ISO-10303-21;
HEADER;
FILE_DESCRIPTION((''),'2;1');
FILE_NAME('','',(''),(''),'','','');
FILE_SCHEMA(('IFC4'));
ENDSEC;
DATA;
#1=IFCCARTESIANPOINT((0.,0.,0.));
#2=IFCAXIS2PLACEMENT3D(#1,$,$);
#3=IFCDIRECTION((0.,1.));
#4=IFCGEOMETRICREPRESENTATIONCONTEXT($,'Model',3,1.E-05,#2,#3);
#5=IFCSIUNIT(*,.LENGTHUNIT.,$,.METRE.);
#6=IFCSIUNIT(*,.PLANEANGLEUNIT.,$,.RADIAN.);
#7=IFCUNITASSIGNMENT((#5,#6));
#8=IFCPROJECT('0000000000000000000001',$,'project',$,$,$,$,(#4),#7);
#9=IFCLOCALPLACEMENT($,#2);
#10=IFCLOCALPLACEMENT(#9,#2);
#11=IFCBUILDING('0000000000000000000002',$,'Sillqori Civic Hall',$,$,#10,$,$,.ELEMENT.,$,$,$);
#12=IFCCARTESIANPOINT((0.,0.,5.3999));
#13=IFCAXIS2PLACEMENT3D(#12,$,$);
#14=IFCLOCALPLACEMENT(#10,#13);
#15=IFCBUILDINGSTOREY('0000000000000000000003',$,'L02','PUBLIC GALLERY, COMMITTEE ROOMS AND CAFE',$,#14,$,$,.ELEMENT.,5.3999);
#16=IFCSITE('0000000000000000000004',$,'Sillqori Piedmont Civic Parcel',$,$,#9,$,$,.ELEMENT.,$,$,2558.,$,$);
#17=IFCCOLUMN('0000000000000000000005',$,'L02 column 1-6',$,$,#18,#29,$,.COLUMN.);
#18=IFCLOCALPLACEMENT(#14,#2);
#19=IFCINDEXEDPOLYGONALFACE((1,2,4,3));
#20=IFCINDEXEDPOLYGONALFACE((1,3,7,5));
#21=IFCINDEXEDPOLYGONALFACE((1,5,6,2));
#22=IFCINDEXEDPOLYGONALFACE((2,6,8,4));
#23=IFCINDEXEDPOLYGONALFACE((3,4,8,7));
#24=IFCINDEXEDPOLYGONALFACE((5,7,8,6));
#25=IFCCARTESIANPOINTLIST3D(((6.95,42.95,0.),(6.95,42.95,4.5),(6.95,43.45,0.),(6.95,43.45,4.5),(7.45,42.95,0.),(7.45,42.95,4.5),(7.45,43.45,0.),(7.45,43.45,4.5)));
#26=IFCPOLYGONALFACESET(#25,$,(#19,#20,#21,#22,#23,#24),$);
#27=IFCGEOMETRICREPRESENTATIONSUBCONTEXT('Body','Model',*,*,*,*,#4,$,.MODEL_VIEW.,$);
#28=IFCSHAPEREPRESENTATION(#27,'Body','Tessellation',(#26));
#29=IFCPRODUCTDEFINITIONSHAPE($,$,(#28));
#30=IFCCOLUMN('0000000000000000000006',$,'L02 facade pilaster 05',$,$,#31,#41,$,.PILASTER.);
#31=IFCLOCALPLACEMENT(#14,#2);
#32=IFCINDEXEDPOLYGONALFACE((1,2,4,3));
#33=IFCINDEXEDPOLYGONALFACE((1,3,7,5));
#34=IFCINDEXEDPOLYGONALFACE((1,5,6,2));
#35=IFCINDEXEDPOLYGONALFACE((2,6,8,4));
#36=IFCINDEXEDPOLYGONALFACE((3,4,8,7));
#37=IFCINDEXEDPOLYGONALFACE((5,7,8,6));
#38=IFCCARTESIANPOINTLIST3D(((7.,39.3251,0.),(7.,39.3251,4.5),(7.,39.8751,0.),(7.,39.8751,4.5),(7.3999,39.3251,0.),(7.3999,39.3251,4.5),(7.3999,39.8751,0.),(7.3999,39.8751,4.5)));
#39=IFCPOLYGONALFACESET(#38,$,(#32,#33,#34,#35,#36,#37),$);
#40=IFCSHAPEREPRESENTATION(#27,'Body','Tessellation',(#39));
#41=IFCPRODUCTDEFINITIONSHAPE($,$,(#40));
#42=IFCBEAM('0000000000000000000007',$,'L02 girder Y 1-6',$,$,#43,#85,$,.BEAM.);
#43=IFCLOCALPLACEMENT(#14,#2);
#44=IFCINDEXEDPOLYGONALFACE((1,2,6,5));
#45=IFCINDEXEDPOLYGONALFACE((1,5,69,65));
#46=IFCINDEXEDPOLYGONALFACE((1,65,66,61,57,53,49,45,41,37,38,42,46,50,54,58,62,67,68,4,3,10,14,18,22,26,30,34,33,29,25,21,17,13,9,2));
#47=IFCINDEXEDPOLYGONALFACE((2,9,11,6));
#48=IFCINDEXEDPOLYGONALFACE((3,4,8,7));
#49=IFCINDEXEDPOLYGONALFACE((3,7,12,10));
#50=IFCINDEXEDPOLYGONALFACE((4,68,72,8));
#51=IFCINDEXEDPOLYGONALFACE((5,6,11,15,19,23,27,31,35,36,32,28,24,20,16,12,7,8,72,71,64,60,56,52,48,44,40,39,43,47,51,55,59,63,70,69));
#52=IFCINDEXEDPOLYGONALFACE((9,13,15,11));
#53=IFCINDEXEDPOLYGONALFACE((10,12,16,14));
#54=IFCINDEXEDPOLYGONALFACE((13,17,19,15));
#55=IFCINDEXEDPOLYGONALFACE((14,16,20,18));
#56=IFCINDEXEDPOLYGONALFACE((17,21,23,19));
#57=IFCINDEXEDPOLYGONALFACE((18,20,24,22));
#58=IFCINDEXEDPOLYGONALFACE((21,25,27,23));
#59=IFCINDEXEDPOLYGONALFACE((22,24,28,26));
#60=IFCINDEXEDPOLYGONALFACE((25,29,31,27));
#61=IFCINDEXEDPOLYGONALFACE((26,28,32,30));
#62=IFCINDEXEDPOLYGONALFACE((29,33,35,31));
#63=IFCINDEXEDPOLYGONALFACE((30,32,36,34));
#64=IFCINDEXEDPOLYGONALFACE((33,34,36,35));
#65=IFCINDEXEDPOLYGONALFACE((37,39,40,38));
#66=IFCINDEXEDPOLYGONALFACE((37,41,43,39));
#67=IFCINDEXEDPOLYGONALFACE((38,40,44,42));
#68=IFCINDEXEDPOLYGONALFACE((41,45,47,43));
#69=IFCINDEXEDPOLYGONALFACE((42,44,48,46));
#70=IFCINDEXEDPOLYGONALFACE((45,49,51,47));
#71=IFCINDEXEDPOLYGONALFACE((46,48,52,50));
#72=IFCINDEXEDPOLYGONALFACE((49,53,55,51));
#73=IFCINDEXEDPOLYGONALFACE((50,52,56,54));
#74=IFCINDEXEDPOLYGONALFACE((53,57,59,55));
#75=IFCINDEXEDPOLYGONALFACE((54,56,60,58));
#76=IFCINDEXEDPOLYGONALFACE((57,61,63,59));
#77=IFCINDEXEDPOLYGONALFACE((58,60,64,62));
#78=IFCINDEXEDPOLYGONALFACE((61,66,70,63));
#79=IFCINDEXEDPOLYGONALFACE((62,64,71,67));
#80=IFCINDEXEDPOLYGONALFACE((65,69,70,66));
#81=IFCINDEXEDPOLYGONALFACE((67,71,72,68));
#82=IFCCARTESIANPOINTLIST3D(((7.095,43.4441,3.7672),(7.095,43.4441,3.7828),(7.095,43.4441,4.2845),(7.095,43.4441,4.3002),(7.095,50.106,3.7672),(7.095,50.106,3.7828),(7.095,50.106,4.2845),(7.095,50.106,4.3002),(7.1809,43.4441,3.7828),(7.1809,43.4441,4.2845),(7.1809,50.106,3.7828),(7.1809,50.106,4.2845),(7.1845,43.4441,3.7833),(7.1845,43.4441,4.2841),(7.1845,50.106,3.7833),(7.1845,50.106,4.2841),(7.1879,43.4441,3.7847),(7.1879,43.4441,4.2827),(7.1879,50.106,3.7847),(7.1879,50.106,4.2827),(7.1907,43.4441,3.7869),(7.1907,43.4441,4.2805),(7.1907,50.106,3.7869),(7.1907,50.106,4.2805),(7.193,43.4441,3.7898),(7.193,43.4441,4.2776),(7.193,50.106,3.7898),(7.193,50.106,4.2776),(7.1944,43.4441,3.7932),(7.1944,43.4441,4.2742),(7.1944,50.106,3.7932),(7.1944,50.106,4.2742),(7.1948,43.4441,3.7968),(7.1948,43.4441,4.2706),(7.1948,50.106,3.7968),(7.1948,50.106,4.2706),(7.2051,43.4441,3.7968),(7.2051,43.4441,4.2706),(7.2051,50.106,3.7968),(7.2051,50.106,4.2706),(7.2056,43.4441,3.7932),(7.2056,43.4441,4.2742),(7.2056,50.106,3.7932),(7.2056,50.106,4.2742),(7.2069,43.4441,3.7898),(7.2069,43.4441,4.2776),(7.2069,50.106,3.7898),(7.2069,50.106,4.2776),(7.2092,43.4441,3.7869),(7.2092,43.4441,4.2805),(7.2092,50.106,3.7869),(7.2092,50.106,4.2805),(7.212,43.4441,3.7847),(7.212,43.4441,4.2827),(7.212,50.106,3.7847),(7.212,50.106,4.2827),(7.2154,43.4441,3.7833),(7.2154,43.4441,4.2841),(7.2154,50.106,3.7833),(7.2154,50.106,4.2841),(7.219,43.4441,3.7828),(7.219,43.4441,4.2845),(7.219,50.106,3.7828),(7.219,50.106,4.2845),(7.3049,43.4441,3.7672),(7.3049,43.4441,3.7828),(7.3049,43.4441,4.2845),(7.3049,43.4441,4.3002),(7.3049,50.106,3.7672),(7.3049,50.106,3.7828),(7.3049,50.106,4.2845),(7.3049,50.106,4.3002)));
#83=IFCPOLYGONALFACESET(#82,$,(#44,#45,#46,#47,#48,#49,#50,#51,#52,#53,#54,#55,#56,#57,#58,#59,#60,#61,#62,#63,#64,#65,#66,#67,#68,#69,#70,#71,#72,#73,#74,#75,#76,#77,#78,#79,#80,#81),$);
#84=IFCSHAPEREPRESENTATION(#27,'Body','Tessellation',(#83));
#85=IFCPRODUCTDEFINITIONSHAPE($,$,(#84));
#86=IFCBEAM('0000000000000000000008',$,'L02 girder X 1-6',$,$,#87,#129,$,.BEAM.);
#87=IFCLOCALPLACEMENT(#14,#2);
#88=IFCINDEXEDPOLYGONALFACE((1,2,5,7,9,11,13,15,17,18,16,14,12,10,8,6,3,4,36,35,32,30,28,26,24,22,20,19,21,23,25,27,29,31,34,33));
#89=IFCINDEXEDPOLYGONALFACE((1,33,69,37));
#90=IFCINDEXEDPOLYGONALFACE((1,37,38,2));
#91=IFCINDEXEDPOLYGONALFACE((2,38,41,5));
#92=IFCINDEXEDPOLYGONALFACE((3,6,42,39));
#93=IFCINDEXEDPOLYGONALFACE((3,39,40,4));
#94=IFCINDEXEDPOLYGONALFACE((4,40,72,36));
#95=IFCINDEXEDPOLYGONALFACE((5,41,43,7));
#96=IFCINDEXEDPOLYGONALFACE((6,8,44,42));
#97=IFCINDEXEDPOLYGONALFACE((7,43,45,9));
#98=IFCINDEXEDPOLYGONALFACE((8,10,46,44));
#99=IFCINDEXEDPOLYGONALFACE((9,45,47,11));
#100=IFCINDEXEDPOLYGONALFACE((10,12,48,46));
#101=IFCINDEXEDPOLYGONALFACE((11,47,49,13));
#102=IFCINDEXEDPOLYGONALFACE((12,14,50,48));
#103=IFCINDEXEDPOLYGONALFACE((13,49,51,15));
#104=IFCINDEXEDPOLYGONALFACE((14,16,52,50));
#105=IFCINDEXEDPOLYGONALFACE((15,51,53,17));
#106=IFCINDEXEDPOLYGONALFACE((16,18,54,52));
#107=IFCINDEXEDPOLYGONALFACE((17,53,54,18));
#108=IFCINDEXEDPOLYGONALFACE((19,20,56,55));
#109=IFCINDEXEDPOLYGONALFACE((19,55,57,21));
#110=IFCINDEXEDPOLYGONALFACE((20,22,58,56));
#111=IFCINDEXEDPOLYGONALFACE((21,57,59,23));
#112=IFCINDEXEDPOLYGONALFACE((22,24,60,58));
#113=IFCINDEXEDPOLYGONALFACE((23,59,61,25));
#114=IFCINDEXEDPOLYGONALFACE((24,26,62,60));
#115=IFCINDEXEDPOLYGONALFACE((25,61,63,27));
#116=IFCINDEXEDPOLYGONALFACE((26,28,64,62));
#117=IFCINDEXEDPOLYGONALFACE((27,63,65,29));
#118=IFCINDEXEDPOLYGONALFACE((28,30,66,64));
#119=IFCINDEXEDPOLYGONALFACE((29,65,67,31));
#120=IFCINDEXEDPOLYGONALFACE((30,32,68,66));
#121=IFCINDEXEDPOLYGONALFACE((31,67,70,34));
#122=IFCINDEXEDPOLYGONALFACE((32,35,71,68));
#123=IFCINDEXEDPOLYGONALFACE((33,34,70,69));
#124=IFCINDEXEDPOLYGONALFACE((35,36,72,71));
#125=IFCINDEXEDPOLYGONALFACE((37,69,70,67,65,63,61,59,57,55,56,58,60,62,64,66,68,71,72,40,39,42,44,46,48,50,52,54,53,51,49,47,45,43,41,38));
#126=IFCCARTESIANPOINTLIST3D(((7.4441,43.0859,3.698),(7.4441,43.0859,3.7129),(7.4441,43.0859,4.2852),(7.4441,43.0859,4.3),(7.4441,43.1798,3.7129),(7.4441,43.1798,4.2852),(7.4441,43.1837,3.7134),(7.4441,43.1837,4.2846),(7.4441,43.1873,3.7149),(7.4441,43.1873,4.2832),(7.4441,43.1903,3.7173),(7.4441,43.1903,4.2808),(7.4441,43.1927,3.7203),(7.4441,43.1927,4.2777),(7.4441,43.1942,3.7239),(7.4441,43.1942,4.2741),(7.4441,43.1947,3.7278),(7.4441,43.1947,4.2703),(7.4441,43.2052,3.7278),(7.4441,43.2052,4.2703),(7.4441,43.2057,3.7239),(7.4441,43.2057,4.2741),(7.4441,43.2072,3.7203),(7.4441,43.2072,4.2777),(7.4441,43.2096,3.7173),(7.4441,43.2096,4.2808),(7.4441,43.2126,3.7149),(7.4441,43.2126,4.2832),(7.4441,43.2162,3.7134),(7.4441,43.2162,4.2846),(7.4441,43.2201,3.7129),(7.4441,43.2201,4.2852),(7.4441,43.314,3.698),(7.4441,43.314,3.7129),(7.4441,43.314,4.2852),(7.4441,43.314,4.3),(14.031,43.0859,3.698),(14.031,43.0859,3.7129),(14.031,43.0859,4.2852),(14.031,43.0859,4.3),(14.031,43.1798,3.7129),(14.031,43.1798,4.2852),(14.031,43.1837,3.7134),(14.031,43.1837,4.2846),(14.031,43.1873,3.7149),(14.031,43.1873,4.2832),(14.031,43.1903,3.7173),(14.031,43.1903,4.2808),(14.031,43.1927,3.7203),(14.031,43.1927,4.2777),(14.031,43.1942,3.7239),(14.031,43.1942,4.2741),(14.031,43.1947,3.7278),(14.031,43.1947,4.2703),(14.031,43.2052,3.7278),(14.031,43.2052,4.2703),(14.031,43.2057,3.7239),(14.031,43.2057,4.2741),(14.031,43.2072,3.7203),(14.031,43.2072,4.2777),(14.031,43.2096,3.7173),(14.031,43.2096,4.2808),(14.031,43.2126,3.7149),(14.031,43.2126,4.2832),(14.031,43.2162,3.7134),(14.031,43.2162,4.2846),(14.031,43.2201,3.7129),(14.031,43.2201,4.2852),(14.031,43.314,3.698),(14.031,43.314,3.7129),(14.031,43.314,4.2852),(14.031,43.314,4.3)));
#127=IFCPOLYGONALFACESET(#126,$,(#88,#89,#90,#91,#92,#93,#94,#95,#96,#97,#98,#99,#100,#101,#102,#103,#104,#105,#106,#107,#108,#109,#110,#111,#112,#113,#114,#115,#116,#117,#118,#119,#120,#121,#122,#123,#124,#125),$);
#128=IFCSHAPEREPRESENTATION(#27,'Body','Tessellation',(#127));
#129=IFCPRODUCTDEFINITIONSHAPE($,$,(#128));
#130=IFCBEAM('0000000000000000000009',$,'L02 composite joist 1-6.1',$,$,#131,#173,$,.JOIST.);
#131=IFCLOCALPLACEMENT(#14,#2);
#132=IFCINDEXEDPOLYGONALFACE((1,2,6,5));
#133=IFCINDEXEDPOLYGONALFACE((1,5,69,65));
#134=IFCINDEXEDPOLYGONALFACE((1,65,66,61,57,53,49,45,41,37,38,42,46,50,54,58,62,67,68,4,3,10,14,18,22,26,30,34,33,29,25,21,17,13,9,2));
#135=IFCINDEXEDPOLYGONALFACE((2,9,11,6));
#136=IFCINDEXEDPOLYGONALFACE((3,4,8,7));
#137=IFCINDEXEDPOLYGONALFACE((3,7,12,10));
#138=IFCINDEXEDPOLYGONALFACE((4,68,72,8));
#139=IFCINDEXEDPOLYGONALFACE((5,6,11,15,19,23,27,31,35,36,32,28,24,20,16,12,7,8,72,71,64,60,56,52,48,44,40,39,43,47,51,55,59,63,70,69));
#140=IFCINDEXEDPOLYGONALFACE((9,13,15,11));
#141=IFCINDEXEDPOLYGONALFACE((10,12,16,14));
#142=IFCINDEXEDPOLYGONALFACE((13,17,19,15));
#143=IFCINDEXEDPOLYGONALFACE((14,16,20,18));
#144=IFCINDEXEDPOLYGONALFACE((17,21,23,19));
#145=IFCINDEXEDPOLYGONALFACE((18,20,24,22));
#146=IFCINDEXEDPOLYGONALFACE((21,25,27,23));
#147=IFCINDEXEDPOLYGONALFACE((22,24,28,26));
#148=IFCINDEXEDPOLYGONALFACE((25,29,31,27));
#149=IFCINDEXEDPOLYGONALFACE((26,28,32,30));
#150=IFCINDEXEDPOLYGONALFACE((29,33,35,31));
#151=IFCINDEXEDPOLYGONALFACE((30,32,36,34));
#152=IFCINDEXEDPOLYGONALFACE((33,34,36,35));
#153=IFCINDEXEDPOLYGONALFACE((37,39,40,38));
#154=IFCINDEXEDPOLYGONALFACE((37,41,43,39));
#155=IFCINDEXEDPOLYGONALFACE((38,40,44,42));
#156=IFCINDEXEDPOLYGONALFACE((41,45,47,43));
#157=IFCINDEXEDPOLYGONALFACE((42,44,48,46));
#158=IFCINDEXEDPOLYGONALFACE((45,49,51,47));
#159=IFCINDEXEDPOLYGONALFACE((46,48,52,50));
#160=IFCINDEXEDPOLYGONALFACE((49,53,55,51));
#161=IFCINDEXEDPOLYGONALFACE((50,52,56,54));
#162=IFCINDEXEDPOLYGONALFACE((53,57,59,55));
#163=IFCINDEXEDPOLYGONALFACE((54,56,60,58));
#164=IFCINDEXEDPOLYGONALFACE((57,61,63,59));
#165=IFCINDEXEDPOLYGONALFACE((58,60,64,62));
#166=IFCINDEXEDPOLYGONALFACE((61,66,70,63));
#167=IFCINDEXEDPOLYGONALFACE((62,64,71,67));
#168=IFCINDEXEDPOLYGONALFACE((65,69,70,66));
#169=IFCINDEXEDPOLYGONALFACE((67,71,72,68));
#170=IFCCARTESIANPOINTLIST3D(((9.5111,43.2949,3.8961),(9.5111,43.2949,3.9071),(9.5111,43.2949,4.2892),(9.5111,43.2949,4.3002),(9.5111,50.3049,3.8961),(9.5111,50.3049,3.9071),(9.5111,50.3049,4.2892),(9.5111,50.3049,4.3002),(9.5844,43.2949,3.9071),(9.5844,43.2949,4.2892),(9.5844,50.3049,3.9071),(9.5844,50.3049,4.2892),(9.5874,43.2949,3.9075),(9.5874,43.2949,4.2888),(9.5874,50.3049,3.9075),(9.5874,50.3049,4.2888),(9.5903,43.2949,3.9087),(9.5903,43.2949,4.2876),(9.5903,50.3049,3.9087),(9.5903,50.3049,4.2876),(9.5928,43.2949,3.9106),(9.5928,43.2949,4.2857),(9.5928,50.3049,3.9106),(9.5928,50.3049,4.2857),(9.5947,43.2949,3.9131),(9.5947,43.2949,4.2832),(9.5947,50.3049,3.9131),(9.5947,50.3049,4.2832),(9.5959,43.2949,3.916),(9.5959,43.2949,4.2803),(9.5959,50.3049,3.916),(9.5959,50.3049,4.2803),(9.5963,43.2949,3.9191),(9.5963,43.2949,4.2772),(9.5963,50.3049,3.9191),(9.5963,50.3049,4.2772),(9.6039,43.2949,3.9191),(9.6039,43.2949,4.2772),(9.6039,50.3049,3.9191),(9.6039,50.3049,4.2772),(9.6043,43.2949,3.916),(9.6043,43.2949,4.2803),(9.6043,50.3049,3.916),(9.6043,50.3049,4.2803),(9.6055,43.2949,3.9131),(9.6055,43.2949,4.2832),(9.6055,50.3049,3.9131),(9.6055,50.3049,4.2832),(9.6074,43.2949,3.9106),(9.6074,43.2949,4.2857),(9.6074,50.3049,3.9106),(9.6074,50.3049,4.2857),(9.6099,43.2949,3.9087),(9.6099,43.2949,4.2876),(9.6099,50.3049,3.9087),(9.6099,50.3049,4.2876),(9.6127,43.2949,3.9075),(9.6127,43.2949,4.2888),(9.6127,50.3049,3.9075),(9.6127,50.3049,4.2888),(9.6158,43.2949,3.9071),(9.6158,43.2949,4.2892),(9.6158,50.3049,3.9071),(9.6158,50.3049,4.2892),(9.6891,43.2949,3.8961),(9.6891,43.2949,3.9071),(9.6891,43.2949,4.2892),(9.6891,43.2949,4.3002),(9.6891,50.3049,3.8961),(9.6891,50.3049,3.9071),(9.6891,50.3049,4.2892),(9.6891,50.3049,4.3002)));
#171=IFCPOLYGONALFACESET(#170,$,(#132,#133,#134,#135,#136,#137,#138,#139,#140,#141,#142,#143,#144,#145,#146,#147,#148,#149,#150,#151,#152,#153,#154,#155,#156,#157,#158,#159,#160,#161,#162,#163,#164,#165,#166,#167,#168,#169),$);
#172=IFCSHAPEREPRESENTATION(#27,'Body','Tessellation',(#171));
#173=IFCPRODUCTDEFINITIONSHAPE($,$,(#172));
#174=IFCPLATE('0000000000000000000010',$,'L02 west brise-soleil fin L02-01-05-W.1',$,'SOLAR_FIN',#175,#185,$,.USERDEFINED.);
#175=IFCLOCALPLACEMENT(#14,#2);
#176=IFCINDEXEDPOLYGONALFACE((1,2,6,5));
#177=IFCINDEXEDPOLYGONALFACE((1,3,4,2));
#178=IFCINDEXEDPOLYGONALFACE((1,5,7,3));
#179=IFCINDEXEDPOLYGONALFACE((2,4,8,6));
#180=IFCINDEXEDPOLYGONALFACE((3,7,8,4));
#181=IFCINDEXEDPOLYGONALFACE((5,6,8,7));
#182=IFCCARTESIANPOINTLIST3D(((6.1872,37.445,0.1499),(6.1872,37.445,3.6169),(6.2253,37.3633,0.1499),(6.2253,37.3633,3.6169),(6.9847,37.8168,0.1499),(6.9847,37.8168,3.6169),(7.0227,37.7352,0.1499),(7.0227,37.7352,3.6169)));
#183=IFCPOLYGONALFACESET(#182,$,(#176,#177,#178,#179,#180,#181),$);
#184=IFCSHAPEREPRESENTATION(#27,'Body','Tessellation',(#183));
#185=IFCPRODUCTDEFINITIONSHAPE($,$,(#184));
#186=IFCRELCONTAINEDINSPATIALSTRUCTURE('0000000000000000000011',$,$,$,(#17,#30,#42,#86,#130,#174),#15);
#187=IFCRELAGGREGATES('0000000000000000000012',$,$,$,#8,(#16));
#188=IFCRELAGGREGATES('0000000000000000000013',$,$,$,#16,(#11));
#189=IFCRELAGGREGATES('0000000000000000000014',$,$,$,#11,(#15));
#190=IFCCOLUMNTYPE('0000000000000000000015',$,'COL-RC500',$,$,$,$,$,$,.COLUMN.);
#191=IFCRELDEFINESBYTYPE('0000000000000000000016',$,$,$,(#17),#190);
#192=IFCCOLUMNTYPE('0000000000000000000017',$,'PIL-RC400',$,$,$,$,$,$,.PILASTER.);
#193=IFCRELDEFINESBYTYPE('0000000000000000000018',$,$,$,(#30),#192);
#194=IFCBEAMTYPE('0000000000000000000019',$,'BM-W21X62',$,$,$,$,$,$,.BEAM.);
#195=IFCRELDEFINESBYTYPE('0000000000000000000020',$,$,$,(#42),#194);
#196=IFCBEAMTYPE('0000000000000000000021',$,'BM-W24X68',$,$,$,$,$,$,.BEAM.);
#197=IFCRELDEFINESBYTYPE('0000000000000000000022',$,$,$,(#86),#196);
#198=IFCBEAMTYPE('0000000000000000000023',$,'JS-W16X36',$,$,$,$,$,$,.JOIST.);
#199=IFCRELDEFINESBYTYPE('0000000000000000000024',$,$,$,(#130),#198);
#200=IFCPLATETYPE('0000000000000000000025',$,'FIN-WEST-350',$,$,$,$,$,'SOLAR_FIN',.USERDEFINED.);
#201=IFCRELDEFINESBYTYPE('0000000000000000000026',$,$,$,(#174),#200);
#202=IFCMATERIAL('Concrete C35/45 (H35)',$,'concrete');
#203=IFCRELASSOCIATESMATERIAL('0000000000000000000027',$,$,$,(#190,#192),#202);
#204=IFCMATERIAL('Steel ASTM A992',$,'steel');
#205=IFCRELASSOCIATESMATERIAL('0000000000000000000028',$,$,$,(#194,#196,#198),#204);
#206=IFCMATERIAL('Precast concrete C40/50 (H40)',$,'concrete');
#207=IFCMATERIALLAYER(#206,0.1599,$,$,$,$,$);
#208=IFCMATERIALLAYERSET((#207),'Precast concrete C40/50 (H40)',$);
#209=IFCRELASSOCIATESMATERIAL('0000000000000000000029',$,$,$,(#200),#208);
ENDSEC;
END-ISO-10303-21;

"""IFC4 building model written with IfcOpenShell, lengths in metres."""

from ifc_helpers import new_model, si_unit, direction, frame, origin, origin_2d, place, context, subcontext, project, spatial, rectangle, i_section, extrude, material, layer, layer_set, material_profile, profile_set, type_object, element, save


model = new_model("IFC4")

# Units and contexts
model_context = context("Model", 3, precision=1e-05, world=origin(), true_north=direction((0.0, 1.0)))
body_context = subcontext(model_context, "Body", "Model", "MODEL_VIEW")
ifc_project = project(units=[si_unit("LENGTHUNIT", "METRE"), si_unit("PLANEANGLEUNIT", "RADIAN")], contexts=[model_context])

# Site, building, storey
site_placement = place(None, origin())
site = spatial("IfcSite", under=ifc_project, at=site_placement, Name="Sillqori Piedmont Civic Parcel", CompositionType="ELEMENT", RefElevation=2558.0)
building_placement = place(site_placement, origin())
building = spatial("IfcBuilding", under=site, at=building_placement, Name="Sillqori Civic Hall", CompositionType="ELEMENT")
storey_placement = place(building_placement, frame((0.0, 0.0, 5.3999)))
storey = spatial("IfcBuildingStorey", under=building, at=storey_placement, Name="L02", Description="PUBLIC GALLERY, COMMITTEE ROOMS AND CAFE", CompositionType="ELEMENT", Elevation=5.3999)

# Columns
ifc_material_1 = material(Name="Concrete C35/45 (H35)", Category="concrete")
ifc_material_profile_1 = material_profile(ifc_material_1, rectangle(XDim=0.5, YDim=0.5, at=origin_2d()), Name="RC 500x500")
ifc_profile_set_1 = profile_set([ifc_material_profile_1], Name="Concrete C35/45 (H35)")
column_type_1 = type_object("IfcColumnType", Name="COL-RC500", PredefinedType="COLUMN", material=ifc_profile_set_1)
column_1_placement = place(storey_placement, frame((7.2, 43.2, 0.0), z_axis=(0.0, 0.0, 1.0), x_axis=(1.0, 0.0, 0.0)))
element("IfcColumn", 1, at=column_1_placement, inside=storey, type_object=column_type_1, Name="L02 column 1-6", PredefinedType="COLUMN", context=body_context, shape_type="SweptSolid", body=[
    extrude(rectangle(XDim=0.5, YDim=0.5, at=origin_2d()), origin(), (0.0, 0.0, 1.0), 4.5),
])
ifc_material_profile_2 = material_profile(ifc_material_1, rectangle(XDim=0.3999, YDim=0.55, at=origin_2d()), Name="RC 400x550")
ifc_profile_set_2 = profile_set([ifc_material_profile_2], Name="Concrete C35/45 (H35)")
column_type_2 = type_object("IfcColumnType", Name="PIL-RC400", PredefinedType="PILASTER", material=ifc_profile_set_2)
column_2_placement = place(storey_placement, frame((7.2, 39.6001, 0.0), z_axis=(0.0, 0.0, 1.0), x_axis=(1.0, 0.0, 0.0)))
element("IfcColumn", 2, at=column_2_placement, inside=storey, type_object=column_type_2, Name="L02 facade pilaster 05", PredefinedType="PILASTER", context=body_context, shape_type="SweptSolid", body=[
    extrude(rectangle(XDim=0.3999, YDim=0.55, at=origin_2d()), origin(), (0.0, 0.0, 1.0), 4.5),
])

# Beams
ifc_material_2 = material(Name="Steel ASTM A992", Category="steel")
ifc_material_profile_3 = material_profile(ifc_material_2, i_section(OverallWidth=0.21, OverallDepth=0.533, WebThickness=0.0103, FlangeThickness=0.0156, FilletRadius=0.0139, at=origin_2d()), Name="W21X62")
ifc_profile_set_3 = profile_set([ifc_material_profile_3], Name="Steel ASTM A992")
beam_type_1 = type_object("IfcBeamType", Name="BM-W21X62", PredefinedType="BEAM", material=ifc_profile_set_3)
beam_1_placement = place(storey_placement, frame((7.2, 43.4441, 4.0337), z_axis=(0.0, 1.0, 0.0), x_axis=(-1.0, 0.0, 0.0)))
element("IfcBeam", 3, at=beam_1_placement, inside=storey, type_object=beam_type_1, Name="L02 girder Y 1-6", PredefinedType="BEAM", context=body_context, shape_type="SweptSolid", body=[
    extrude(i_section(OverallWidth=0.21, OverallDepth=0.533, WebThickness=0.0103, FlangeThickness=0.0156, FilletRadius=0.0139, at=origin_2d()), origin(), (0.0, 0.0, 1.0), 6.6619),
])
ifc_material_profile_4 = material_profile(ifc_material_2, i_section(OverallWidth=0.228, OverallDepth=0.6021, WebThickness=0.0105, FlangeThickness=0.0149, FilletRadius=0.0149, at=origin_2d()), Name="W24X68")
ifc_profile_set_4 = profile_set([ifc_material_profile_4], Name="Steel ASTM A992")
beam_type_2 = type_object("IfcBeamType", Name="BM-W24X68", PredefinedType="BEAM", material=ifc_profile_set_4)
beam_2_placement = place(storey_placement, frame((7.4441, 43.2, 3.999), z_axis=(1.0, 0.0, 0.0), x_axis=(0.0, 1.0, 0.0)))
element("IfcBeam", 4, at=beam_2_placement, inside=storey, type_object=beam_type_2, Name="L02 girder X 1-6", PredefinedType="BEAM", context=body_context, shape_type="SweptSolid", body=[
    extrude(i_section(OverallWidth=0.228, OverallDepth=0.6021, WebThickness=0.0105, FlangeThickness=0.0149, FilletRadius=0.0149, at=origin_2d()), origin(), (0.0, 0.0, 1.0), 6.5869),
])
ifc_material_profile_5 = material_profile(ifc_material_2, i_section(OverallWidth=0.178, OverallDepth=0.4041, WebThickness=0.0076, FlangeThickness=0.011, FilletRadius=0.012, at=origin_2d()), Name="W16X36")
ifc_profile_set_5 = profile_set([ifc_material_profile_5], Name="Steel ASTM A992")
beam_type_3 = type_object("IfcBeamType", Name="JS-W16X36", PredefinedType="JOIST", material=ifc_profile_set_5)
beam_3_placement = place(storey_placement, frame((9.6001, 43.2949, 4.0981), z_axis=(0.0, 1.0, 0.0), x_axis=(-1.0, 0.0, 0.0)))
element("IfcBeam", 5, at=beam_3_placement, inside=storey, type_object=beam_type_3, Name="L02 composite joist 1-6.1", PredefinedType="JOIST", context=body_context, shape_type="SweptSolid", body=[
    extrude(i_section(OverallWidth=0.178, OverallDepth=0.4041, WebThickness=0.0076, FlangeThickness=0.011, FilletRadius=0.012, at=origin_2d()), origin(), (0.0, 0.0, 1.0), 7.01),
])

# Plate
ifc_material_3 = material(Name="Precast concrete C40/50 (H40)", Category="concrete")
ifc_layer_1 = layer(ifc_material_3, 0.1599)
ifc_layer_set_1 = layer_set([ifc_layer_1], Name="Precast concrete C40/50 (H40)")
plate_type_1 = type_object("IfcPlateType", Name="FIN-WEST-350", ElementType="SOLAR_FIN", PredefinedType="USERDEFINED", material=ifc_layer_set_1)
for number, where, z_axis, x_axis, name in (
    (6, (6.605, 37.5901, 0.1499), (0.0, 0.0, 1.0), (-0.422618, 0.906308, 0.0), "L02 west brise-soleil fin L02-01-05-W.1"),
):
    element("IfcPlate", number, at=place(storey_placement, frame(where, z_axis=z_axis, x_axis=x_axis)), inside=storey, type_object=plate_type_1, Name=name, ObjectType="SOLAR_FIN", PredefinedType="USERDEFINED", context=body_context, shape_type="SweptSolid", body=[
        extrude(rectangle(XDim=0.0901, YDim=0.8799, at=origin_2d()), origin(), (0.0, 0.0, 1.0), 3.467),
    ])

save(model, "model.ifc")
